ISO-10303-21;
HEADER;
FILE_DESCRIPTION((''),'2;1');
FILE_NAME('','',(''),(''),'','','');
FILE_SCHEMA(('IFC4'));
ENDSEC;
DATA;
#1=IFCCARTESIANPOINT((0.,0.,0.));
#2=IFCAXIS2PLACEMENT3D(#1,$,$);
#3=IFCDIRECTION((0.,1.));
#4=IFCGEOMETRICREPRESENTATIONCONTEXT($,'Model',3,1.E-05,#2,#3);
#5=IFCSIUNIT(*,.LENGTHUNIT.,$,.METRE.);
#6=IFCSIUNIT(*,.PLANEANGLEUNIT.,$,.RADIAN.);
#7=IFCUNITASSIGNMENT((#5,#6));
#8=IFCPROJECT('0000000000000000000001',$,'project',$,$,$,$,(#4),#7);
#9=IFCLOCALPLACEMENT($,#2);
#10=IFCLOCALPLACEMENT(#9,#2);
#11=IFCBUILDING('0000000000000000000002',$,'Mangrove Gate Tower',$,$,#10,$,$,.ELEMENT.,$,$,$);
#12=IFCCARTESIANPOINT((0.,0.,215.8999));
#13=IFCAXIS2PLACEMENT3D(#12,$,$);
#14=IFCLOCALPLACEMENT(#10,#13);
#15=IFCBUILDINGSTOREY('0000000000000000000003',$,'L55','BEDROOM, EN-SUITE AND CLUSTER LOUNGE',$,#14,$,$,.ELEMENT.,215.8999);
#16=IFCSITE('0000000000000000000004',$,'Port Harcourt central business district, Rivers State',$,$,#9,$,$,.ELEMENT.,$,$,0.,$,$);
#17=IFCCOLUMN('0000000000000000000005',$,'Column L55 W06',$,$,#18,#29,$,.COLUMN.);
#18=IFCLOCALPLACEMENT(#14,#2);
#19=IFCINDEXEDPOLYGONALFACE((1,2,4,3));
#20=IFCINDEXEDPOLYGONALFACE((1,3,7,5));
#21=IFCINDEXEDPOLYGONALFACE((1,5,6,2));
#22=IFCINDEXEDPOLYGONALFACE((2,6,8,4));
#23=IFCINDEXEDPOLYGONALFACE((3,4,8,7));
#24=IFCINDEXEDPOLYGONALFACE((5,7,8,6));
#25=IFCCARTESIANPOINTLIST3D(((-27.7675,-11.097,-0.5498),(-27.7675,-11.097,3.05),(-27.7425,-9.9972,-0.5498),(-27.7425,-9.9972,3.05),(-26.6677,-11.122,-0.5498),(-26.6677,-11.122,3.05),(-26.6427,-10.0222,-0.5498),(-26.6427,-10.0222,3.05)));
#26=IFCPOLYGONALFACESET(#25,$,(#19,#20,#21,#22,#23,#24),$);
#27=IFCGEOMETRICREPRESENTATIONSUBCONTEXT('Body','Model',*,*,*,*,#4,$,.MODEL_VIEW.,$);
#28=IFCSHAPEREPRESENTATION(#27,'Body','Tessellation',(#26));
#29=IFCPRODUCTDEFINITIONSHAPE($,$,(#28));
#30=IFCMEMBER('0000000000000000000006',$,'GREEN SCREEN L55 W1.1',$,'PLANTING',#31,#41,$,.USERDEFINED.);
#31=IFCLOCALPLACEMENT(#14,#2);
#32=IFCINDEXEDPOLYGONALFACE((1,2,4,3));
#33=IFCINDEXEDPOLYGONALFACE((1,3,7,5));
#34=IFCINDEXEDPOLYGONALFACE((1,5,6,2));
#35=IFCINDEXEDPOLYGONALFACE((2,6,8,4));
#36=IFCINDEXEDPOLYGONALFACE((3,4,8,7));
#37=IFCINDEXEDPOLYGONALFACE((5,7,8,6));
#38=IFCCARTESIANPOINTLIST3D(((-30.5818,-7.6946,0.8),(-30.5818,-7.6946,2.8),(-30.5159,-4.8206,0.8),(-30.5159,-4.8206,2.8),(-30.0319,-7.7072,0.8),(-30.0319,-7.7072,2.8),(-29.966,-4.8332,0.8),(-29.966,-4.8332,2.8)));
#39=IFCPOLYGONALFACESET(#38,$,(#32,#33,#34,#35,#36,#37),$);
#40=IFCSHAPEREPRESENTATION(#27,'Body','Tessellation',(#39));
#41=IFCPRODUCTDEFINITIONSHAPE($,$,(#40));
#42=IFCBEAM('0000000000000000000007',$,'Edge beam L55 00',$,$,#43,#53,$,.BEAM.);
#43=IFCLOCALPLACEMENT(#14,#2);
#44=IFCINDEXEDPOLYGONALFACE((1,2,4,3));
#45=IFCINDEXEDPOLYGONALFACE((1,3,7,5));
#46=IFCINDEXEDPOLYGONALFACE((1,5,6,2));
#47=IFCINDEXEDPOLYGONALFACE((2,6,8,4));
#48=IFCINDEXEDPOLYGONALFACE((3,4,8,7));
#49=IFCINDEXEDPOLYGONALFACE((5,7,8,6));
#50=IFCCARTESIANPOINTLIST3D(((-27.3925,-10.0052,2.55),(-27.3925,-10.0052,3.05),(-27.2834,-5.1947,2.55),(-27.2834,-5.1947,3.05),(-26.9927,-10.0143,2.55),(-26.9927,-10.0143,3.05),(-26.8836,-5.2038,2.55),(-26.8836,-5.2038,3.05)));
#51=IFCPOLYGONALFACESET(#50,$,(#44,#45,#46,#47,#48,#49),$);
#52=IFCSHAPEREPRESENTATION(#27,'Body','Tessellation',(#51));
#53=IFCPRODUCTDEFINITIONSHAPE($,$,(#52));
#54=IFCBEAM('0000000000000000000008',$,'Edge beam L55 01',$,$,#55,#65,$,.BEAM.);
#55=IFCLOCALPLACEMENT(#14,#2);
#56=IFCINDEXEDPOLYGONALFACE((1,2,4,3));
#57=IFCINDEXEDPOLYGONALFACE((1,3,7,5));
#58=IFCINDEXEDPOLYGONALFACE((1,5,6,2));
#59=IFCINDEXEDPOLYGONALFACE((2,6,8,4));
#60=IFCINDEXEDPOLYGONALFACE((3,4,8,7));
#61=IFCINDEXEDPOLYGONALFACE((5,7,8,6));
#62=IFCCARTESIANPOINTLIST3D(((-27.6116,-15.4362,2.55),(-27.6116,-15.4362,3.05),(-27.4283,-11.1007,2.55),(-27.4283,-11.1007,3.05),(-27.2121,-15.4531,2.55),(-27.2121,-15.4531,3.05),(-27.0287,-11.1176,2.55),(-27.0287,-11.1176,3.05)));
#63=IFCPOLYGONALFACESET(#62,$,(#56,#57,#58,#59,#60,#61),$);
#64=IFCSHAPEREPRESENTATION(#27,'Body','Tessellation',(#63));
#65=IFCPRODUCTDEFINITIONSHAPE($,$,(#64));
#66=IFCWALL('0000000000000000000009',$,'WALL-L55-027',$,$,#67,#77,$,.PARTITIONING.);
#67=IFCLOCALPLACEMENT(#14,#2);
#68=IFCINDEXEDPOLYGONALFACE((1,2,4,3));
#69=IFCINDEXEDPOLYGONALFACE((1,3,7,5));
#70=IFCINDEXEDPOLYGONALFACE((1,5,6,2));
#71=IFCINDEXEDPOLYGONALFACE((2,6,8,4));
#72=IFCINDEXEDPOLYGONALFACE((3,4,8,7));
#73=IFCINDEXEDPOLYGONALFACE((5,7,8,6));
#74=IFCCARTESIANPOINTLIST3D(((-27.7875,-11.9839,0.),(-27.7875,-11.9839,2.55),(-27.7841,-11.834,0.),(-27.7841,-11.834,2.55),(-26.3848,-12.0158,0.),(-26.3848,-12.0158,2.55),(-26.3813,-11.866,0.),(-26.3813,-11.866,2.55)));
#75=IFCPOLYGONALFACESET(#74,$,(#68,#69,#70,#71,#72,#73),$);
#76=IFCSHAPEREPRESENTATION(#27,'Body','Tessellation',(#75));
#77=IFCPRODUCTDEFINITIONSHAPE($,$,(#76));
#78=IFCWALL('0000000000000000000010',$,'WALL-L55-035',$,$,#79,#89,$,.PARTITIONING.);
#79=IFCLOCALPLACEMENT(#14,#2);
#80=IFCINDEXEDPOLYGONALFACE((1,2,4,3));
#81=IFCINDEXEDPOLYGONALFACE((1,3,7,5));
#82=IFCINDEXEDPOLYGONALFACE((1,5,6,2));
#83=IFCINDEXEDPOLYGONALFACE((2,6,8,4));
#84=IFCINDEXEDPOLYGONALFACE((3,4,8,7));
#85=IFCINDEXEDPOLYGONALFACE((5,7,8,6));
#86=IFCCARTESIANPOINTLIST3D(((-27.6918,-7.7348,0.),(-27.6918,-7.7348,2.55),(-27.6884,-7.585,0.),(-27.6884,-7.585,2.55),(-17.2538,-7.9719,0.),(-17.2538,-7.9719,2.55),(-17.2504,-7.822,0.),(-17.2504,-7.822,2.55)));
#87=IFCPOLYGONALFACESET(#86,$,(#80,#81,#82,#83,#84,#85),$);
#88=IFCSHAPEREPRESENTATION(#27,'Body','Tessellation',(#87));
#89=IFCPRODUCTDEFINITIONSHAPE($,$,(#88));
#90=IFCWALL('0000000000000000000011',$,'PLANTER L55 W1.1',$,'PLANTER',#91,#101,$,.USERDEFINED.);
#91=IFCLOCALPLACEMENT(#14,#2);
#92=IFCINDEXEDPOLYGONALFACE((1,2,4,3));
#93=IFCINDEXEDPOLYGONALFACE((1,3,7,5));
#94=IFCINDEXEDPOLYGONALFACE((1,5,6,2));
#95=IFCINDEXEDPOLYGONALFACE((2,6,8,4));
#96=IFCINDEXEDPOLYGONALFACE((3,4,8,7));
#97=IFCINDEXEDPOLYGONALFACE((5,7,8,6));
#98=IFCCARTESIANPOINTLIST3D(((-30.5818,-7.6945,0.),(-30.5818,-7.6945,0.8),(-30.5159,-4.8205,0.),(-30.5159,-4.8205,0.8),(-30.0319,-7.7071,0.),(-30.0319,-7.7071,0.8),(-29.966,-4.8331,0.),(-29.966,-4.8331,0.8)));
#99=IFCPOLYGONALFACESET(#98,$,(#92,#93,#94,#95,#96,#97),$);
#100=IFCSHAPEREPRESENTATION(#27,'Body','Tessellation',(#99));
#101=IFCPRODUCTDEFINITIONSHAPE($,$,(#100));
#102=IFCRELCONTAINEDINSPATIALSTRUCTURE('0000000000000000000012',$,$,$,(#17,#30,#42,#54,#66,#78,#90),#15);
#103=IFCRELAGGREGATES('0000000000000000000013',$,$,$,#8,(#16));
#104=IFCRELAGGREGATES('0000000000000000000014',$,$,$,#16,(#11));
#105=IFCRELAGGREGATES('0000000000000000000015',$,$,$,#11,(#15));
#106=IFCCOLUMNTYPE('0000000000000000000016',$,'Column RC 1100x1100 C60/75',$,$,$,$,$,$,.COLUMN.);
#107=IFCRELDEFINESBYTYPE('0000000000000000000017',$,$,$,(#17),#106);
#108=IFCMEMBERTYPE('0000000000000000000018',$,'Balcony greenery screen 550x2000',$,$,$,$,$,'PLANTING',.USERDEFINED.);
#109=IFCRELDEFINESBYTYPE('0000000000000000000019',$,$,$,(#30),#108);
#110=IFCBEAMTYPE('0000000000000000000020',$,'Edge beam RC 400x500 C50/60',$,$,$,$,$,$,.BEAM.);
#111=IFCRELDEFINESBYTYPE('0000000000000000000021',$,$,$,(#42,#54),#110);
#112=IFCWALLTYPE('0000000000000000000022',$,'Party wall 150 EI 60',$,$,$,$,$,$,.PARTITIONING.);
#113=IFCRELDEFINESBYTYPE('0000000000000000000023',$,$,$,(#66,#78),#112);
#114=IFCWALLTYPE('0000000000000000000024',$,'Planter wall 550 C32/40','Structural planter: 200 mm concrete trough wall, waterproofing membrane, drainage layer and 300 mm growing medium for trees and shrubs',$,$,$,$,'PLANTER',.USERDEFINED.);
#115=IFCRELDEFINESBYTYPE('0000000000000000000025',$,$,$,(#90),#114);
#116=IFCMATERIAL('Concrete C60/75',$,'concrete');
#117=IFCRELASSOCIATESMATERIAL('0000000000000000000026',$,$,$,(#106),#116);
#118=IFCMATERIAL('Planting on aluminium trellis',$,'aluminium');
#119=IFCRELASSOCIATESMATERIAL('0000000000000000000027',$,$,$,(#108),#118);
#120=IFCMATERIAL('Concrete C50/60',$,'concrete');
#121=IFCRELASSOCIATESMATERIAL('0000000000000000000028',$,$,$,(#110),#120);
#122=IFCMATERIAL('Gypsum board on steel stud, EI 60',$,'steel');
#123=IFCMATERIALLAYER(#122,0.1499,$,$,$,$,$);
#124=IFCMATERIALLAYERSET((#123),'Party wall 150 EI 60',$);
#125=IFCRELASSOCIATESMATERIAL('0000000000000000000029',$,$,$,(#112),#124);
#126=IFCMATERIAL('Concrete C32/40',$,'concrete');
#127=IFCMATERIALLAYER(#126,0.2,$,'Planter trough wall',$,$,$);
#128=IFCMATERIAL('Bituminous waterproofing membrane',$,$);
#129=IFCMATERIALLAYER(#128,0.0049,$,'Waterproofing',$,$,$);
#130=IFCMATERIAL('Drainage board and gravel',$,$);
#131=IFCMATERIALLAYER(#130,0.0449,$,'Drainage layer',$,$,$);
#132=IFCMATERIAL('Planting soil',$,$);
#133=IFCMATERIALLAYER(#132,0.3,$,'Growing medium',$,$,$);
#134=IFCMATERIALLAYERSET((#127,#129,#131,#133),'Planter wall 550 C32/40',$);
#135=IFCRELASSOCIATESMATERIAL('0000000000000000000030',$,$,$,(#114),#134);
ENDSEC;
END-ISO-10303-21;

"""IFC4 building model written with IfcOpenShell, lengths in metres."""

from ifc_helpers import new_model, si_unit, direction, frame, frame_2d, origin, origin_2d, place, context, subcontext, project, spatial, rectangle, extrude, material, layer, layer_set, material_profile, profile_set, type_object, element, save


model = new_model("IFC4")

# Units and contexts
model_context = context("Model", 3, precision=1e-05, world=origin(), true_north=direction((0.0, 1.0)))
body_context = subcontext(model_context, "Body", "Model", "MODEL_VIEW")
ifc_project = project(units=[si_unit("LENGTHUNIT", "METRE"), si_unit("PLANEANGLEUNIT", "RADIAN")], contexts=[model_context])

# Site, building, storey
site_placement = place(None, origin())
site = spatial("IfcSite", under=ifc_project, at=site_placement, Name="Port Harcourt central business district, Rivers State", CompositionType="ELEMENT", RefElevation=0.0)
building_placement = place(site_placement, origin())
building = spatial("IfcBuilding", under=site, at=building_placement, Name="Mangrove Gate Tower", CompositionType="ELEMENT")
storey_placement = place(building_placement, frame((0.0, 0.0, 215.8999)))
storey = spatial("IfcBuildingStorey", under=building, at=storey_placement, Name="L55", Description="BEDROOM, EN-SUITE AND CLUSTER LOUNGE", CompositionType="ELEMENT", Elevation=215.8999)

# Column
ifc_material_1 = material(Name="Concrete C60/75", Category="concrete")
ifc_material_profile_1 = material_profile(ifc_material_1, rectangle(XDim=1.1001, YDim=1.1001, at=origin_2d()))
ifc_profile_set_1 = profile_set([ifc_material_profile_1], Name="Concrete C60/75")
column_type = type_object("IfcColumnType", Name="Column RC 1100x1100 C60/75", PredefinedType="COLUMN", material=ifc_profile_set_1)
column_placement = place(storey_placement, frame((-27.2051, -10.5596, -0.5498), z_axis=(0.0, 0.0, 1.0), x_axis=(-0.02275, -0.999741, 0.0)))
element("IfcColumn", 1, at=column_placement, inside=storey, type_object=column_type, Name="Column L55 W06", PredefinedType="COLUMN", context=body_context, shape_type="SweptSolid", body=[
    extrude(rectangle(XDim=1.1001, YDim=1.1001, at=origin_2d()), origin(), (0.0, 0.0, 1.0), 3.5999),
])

# Member
ifc_material_2 = material(Name="Planting on aluminium trellis", Category="aluminium")
ifc_material_profile_2 = material_profile(ifc_material_2, rectangle(XDim=0.55, YDim=2.0, at=origin_2d()))
ifc_profile_set_2 = profile_set([ifc_material_profile_2], Name="Planting on aluminium trellis")
member_type = type_object("IfcMemberType", Name="Balcony greenery screen 550x2000", ElementType="PLANTING", PredefinedType="USERDEFINED", material=ifc_profile_set_2)
member_placement = place(storey_placement, frame((-30.3069, -7.7009, 1.8), z_axis=(0.02293, 0.999737, 0.0), x_axis=(-0.999737, 0.02293, 0.0)))
element("IfcMember", 2, at=member_placement, inside=storey, type_object=member_type, Name="GREEN SCREEN L55 W1.1", ObjectType="PLANTING", PredefinedType="USERDEFINED", context=body_context, shape_type="SweptSolid", body=[
    extrude(rectangle(XDim=0.55, YDim=2.0, at=origin_2d()), origin(), (0.0, 0.0, 1.0), 2.8748),
])

# Beams
ifc_material_3 = material(Name="Concrete C50/60", Category="concrete")
ifc_material_profile_3 = material_profile(ifc_material_3, rectangle(XDim=0.3999, YDim=0.5, at=origin_2d()))
ifc_profile_set_3 = profile_set([ifc_material_profile_3], Name="Concrete C50/60")
beam_type = type_object("IfcBeamType", Name="Edge beam RC 400x500 C50/60", PredefinedType="BEAM", material=ifc_profile_set_3)
beam_1_placement = place(storey_placement, frame((-27.0835, -5.1992, 2.8), z_axis=(-0.02268, -0.999743, 0.0), x_axis=(0.999743, -0.02268, 0.0)))
element("IfcBeam", 3, at=beam_1_placement, inside=storey, type_object=beam_type, Name="Edge beam L55 00", PredefinedType="BEAM", context=body_context, shape_type="SweptSolid", body=[
    extrude(rectangle(XDim=0.3999, YDim=0.5, at=origin_2d()), origin(), (0.0, 0.0, 1.0), 4.8118),
])
beam_2_placement = place(storey_placement, frame((-27.2285, -11.1091, 2.8), z_axis=(-0.042253, -0.999107, 0.0), x_axis=(0.999107, -0.042253, 0.0)))
element("IfcBeam", 4, at=beam_2_placement, inside=storey, type_object=beam_type, Name="Edge beam L55 01", PredefinedType="BEAM", context=body_context, shape_type="SweptSolid", body=[
    extrude(rectangle(XDim=0.3999, YDim=0.5, at=origin_2d()), origin(), (0.0, 0.0, 1.0), 4.3394),
])

# Walls
ifc_material_4 = material(Name="Gypsum board on steel stud, EI 60", Category="steel")
ifc_layer_1 = layer(ifc_material_4, 0.1499)
ifc_layer_set_1 = layer_set([ifc_layer_1], Name="Party wall 150 EI 60")
wall_type_1 = type_object("IfcWallType", Name="Party wall 150 EI 60", PredefinedType="PARTITIONING", material=ifc_layer_set_1)
wall_1_placement = place(storey_placement, frame((-27.7859, -11.9089, 0.0), z_axis=(0.0, 0.0, 1.0), x_axis=(0.99974, -0.022793, 0.0)))
element("IfcWall", 5, at=wall_1_placement, inside=storey, type_object=wall_type_1, Name="WALL-L55-027", PredefinedType="PARTITIONING", context=body_context, shape_type="SweptSolid", body=[
    extrude(rectangle(XDim=1.4031, YDim=0.1499, at=frame_2d((0.7017, 0.0))), origin(), (0.0, 0.0, 1.0), 2.55),
])
wall_2_placement = place(storey_placement, frame((-27.6899, -7.6599, 0.0), z_axis=(0.0, 0.0, 1.0), x_axis=(0.999742, -0.022705, 0.0)))
element("IfcWall", 6, at=wall_2_placement, inside=storey, type_object=wall_type_1, Name="WALL-L55-035", PredefinedType="PARTITIONING", context=body_context, shape_type="SweptSolid", body=[
    extrude(rectangle(XDim=10.4407, YDim=0.1499, at=frame_2d((5.2202, 0.0))), origin(), (0.0, 0.0, 1.0), 2.55),
])
ifc_material_5 = material(Name="Concrete C32/40", Category="concrete")
ifc_layer_2 = layer(ifc_material_5, 0.2, Name="Planter trough wall")
ifc_material_6 = material(Name="Bituminous waterproofing membrane")
ifc_layer_3 = layer(ifc_material_6, 0.0049, Name="Waterproofing")
ifc_material_7 = material(Name="Drainage board and gravel")
ifc_layer_4 = layer(ifc_material_7, 0.0449, Name="Drainage layer")
ifc_material_8 = material(Name="Planting soil")
ifc_layer_5 = layer(ifc_material_8, 0.3, Name="Growing medium")
ifc_layer_set_2 = layer_set([ifc_layer_2, ifc_layer_3, ifc_layer_4, ifc_layer_5], Name="Planter wall 550 C32/40")
wall_type_2 = type_object("IfcWallType", Name="Planter wall 550 C32/40", Description="Structural planter: 200 mm concrete trough wall, waterproofing membrane, drainage layer and 300 mm growing medium for trees and shrubs", ElementType="PLANTER", PredefinedType="USERDEFINED", material=ifc_layer_set_2)
wall_3_placement = place(storey_placement, frame((-30.3069, -7.7009, 0.0), z_axis=(0.0, 0.0, 1.0), x_axis=(0.02293, 0.999737, 0.0)))
element("IfcWall", 7, at=wall_3_placement, inside=storey, type_object=wall_type_2, Name="PLANTER L55 W1.1", ObjectType="PLANTER", PredefinedType="USERDEFINED", context=body_context, shape_type="SweptSolid", body=[
    extrude(rectangle(XDim=2.8748, YDim=0.55, at=frame_2d((1.4375, 0.0))), origin(), (0.0, 0.0, 1.0), 0.8),
])

save(model, "model.ifc")
